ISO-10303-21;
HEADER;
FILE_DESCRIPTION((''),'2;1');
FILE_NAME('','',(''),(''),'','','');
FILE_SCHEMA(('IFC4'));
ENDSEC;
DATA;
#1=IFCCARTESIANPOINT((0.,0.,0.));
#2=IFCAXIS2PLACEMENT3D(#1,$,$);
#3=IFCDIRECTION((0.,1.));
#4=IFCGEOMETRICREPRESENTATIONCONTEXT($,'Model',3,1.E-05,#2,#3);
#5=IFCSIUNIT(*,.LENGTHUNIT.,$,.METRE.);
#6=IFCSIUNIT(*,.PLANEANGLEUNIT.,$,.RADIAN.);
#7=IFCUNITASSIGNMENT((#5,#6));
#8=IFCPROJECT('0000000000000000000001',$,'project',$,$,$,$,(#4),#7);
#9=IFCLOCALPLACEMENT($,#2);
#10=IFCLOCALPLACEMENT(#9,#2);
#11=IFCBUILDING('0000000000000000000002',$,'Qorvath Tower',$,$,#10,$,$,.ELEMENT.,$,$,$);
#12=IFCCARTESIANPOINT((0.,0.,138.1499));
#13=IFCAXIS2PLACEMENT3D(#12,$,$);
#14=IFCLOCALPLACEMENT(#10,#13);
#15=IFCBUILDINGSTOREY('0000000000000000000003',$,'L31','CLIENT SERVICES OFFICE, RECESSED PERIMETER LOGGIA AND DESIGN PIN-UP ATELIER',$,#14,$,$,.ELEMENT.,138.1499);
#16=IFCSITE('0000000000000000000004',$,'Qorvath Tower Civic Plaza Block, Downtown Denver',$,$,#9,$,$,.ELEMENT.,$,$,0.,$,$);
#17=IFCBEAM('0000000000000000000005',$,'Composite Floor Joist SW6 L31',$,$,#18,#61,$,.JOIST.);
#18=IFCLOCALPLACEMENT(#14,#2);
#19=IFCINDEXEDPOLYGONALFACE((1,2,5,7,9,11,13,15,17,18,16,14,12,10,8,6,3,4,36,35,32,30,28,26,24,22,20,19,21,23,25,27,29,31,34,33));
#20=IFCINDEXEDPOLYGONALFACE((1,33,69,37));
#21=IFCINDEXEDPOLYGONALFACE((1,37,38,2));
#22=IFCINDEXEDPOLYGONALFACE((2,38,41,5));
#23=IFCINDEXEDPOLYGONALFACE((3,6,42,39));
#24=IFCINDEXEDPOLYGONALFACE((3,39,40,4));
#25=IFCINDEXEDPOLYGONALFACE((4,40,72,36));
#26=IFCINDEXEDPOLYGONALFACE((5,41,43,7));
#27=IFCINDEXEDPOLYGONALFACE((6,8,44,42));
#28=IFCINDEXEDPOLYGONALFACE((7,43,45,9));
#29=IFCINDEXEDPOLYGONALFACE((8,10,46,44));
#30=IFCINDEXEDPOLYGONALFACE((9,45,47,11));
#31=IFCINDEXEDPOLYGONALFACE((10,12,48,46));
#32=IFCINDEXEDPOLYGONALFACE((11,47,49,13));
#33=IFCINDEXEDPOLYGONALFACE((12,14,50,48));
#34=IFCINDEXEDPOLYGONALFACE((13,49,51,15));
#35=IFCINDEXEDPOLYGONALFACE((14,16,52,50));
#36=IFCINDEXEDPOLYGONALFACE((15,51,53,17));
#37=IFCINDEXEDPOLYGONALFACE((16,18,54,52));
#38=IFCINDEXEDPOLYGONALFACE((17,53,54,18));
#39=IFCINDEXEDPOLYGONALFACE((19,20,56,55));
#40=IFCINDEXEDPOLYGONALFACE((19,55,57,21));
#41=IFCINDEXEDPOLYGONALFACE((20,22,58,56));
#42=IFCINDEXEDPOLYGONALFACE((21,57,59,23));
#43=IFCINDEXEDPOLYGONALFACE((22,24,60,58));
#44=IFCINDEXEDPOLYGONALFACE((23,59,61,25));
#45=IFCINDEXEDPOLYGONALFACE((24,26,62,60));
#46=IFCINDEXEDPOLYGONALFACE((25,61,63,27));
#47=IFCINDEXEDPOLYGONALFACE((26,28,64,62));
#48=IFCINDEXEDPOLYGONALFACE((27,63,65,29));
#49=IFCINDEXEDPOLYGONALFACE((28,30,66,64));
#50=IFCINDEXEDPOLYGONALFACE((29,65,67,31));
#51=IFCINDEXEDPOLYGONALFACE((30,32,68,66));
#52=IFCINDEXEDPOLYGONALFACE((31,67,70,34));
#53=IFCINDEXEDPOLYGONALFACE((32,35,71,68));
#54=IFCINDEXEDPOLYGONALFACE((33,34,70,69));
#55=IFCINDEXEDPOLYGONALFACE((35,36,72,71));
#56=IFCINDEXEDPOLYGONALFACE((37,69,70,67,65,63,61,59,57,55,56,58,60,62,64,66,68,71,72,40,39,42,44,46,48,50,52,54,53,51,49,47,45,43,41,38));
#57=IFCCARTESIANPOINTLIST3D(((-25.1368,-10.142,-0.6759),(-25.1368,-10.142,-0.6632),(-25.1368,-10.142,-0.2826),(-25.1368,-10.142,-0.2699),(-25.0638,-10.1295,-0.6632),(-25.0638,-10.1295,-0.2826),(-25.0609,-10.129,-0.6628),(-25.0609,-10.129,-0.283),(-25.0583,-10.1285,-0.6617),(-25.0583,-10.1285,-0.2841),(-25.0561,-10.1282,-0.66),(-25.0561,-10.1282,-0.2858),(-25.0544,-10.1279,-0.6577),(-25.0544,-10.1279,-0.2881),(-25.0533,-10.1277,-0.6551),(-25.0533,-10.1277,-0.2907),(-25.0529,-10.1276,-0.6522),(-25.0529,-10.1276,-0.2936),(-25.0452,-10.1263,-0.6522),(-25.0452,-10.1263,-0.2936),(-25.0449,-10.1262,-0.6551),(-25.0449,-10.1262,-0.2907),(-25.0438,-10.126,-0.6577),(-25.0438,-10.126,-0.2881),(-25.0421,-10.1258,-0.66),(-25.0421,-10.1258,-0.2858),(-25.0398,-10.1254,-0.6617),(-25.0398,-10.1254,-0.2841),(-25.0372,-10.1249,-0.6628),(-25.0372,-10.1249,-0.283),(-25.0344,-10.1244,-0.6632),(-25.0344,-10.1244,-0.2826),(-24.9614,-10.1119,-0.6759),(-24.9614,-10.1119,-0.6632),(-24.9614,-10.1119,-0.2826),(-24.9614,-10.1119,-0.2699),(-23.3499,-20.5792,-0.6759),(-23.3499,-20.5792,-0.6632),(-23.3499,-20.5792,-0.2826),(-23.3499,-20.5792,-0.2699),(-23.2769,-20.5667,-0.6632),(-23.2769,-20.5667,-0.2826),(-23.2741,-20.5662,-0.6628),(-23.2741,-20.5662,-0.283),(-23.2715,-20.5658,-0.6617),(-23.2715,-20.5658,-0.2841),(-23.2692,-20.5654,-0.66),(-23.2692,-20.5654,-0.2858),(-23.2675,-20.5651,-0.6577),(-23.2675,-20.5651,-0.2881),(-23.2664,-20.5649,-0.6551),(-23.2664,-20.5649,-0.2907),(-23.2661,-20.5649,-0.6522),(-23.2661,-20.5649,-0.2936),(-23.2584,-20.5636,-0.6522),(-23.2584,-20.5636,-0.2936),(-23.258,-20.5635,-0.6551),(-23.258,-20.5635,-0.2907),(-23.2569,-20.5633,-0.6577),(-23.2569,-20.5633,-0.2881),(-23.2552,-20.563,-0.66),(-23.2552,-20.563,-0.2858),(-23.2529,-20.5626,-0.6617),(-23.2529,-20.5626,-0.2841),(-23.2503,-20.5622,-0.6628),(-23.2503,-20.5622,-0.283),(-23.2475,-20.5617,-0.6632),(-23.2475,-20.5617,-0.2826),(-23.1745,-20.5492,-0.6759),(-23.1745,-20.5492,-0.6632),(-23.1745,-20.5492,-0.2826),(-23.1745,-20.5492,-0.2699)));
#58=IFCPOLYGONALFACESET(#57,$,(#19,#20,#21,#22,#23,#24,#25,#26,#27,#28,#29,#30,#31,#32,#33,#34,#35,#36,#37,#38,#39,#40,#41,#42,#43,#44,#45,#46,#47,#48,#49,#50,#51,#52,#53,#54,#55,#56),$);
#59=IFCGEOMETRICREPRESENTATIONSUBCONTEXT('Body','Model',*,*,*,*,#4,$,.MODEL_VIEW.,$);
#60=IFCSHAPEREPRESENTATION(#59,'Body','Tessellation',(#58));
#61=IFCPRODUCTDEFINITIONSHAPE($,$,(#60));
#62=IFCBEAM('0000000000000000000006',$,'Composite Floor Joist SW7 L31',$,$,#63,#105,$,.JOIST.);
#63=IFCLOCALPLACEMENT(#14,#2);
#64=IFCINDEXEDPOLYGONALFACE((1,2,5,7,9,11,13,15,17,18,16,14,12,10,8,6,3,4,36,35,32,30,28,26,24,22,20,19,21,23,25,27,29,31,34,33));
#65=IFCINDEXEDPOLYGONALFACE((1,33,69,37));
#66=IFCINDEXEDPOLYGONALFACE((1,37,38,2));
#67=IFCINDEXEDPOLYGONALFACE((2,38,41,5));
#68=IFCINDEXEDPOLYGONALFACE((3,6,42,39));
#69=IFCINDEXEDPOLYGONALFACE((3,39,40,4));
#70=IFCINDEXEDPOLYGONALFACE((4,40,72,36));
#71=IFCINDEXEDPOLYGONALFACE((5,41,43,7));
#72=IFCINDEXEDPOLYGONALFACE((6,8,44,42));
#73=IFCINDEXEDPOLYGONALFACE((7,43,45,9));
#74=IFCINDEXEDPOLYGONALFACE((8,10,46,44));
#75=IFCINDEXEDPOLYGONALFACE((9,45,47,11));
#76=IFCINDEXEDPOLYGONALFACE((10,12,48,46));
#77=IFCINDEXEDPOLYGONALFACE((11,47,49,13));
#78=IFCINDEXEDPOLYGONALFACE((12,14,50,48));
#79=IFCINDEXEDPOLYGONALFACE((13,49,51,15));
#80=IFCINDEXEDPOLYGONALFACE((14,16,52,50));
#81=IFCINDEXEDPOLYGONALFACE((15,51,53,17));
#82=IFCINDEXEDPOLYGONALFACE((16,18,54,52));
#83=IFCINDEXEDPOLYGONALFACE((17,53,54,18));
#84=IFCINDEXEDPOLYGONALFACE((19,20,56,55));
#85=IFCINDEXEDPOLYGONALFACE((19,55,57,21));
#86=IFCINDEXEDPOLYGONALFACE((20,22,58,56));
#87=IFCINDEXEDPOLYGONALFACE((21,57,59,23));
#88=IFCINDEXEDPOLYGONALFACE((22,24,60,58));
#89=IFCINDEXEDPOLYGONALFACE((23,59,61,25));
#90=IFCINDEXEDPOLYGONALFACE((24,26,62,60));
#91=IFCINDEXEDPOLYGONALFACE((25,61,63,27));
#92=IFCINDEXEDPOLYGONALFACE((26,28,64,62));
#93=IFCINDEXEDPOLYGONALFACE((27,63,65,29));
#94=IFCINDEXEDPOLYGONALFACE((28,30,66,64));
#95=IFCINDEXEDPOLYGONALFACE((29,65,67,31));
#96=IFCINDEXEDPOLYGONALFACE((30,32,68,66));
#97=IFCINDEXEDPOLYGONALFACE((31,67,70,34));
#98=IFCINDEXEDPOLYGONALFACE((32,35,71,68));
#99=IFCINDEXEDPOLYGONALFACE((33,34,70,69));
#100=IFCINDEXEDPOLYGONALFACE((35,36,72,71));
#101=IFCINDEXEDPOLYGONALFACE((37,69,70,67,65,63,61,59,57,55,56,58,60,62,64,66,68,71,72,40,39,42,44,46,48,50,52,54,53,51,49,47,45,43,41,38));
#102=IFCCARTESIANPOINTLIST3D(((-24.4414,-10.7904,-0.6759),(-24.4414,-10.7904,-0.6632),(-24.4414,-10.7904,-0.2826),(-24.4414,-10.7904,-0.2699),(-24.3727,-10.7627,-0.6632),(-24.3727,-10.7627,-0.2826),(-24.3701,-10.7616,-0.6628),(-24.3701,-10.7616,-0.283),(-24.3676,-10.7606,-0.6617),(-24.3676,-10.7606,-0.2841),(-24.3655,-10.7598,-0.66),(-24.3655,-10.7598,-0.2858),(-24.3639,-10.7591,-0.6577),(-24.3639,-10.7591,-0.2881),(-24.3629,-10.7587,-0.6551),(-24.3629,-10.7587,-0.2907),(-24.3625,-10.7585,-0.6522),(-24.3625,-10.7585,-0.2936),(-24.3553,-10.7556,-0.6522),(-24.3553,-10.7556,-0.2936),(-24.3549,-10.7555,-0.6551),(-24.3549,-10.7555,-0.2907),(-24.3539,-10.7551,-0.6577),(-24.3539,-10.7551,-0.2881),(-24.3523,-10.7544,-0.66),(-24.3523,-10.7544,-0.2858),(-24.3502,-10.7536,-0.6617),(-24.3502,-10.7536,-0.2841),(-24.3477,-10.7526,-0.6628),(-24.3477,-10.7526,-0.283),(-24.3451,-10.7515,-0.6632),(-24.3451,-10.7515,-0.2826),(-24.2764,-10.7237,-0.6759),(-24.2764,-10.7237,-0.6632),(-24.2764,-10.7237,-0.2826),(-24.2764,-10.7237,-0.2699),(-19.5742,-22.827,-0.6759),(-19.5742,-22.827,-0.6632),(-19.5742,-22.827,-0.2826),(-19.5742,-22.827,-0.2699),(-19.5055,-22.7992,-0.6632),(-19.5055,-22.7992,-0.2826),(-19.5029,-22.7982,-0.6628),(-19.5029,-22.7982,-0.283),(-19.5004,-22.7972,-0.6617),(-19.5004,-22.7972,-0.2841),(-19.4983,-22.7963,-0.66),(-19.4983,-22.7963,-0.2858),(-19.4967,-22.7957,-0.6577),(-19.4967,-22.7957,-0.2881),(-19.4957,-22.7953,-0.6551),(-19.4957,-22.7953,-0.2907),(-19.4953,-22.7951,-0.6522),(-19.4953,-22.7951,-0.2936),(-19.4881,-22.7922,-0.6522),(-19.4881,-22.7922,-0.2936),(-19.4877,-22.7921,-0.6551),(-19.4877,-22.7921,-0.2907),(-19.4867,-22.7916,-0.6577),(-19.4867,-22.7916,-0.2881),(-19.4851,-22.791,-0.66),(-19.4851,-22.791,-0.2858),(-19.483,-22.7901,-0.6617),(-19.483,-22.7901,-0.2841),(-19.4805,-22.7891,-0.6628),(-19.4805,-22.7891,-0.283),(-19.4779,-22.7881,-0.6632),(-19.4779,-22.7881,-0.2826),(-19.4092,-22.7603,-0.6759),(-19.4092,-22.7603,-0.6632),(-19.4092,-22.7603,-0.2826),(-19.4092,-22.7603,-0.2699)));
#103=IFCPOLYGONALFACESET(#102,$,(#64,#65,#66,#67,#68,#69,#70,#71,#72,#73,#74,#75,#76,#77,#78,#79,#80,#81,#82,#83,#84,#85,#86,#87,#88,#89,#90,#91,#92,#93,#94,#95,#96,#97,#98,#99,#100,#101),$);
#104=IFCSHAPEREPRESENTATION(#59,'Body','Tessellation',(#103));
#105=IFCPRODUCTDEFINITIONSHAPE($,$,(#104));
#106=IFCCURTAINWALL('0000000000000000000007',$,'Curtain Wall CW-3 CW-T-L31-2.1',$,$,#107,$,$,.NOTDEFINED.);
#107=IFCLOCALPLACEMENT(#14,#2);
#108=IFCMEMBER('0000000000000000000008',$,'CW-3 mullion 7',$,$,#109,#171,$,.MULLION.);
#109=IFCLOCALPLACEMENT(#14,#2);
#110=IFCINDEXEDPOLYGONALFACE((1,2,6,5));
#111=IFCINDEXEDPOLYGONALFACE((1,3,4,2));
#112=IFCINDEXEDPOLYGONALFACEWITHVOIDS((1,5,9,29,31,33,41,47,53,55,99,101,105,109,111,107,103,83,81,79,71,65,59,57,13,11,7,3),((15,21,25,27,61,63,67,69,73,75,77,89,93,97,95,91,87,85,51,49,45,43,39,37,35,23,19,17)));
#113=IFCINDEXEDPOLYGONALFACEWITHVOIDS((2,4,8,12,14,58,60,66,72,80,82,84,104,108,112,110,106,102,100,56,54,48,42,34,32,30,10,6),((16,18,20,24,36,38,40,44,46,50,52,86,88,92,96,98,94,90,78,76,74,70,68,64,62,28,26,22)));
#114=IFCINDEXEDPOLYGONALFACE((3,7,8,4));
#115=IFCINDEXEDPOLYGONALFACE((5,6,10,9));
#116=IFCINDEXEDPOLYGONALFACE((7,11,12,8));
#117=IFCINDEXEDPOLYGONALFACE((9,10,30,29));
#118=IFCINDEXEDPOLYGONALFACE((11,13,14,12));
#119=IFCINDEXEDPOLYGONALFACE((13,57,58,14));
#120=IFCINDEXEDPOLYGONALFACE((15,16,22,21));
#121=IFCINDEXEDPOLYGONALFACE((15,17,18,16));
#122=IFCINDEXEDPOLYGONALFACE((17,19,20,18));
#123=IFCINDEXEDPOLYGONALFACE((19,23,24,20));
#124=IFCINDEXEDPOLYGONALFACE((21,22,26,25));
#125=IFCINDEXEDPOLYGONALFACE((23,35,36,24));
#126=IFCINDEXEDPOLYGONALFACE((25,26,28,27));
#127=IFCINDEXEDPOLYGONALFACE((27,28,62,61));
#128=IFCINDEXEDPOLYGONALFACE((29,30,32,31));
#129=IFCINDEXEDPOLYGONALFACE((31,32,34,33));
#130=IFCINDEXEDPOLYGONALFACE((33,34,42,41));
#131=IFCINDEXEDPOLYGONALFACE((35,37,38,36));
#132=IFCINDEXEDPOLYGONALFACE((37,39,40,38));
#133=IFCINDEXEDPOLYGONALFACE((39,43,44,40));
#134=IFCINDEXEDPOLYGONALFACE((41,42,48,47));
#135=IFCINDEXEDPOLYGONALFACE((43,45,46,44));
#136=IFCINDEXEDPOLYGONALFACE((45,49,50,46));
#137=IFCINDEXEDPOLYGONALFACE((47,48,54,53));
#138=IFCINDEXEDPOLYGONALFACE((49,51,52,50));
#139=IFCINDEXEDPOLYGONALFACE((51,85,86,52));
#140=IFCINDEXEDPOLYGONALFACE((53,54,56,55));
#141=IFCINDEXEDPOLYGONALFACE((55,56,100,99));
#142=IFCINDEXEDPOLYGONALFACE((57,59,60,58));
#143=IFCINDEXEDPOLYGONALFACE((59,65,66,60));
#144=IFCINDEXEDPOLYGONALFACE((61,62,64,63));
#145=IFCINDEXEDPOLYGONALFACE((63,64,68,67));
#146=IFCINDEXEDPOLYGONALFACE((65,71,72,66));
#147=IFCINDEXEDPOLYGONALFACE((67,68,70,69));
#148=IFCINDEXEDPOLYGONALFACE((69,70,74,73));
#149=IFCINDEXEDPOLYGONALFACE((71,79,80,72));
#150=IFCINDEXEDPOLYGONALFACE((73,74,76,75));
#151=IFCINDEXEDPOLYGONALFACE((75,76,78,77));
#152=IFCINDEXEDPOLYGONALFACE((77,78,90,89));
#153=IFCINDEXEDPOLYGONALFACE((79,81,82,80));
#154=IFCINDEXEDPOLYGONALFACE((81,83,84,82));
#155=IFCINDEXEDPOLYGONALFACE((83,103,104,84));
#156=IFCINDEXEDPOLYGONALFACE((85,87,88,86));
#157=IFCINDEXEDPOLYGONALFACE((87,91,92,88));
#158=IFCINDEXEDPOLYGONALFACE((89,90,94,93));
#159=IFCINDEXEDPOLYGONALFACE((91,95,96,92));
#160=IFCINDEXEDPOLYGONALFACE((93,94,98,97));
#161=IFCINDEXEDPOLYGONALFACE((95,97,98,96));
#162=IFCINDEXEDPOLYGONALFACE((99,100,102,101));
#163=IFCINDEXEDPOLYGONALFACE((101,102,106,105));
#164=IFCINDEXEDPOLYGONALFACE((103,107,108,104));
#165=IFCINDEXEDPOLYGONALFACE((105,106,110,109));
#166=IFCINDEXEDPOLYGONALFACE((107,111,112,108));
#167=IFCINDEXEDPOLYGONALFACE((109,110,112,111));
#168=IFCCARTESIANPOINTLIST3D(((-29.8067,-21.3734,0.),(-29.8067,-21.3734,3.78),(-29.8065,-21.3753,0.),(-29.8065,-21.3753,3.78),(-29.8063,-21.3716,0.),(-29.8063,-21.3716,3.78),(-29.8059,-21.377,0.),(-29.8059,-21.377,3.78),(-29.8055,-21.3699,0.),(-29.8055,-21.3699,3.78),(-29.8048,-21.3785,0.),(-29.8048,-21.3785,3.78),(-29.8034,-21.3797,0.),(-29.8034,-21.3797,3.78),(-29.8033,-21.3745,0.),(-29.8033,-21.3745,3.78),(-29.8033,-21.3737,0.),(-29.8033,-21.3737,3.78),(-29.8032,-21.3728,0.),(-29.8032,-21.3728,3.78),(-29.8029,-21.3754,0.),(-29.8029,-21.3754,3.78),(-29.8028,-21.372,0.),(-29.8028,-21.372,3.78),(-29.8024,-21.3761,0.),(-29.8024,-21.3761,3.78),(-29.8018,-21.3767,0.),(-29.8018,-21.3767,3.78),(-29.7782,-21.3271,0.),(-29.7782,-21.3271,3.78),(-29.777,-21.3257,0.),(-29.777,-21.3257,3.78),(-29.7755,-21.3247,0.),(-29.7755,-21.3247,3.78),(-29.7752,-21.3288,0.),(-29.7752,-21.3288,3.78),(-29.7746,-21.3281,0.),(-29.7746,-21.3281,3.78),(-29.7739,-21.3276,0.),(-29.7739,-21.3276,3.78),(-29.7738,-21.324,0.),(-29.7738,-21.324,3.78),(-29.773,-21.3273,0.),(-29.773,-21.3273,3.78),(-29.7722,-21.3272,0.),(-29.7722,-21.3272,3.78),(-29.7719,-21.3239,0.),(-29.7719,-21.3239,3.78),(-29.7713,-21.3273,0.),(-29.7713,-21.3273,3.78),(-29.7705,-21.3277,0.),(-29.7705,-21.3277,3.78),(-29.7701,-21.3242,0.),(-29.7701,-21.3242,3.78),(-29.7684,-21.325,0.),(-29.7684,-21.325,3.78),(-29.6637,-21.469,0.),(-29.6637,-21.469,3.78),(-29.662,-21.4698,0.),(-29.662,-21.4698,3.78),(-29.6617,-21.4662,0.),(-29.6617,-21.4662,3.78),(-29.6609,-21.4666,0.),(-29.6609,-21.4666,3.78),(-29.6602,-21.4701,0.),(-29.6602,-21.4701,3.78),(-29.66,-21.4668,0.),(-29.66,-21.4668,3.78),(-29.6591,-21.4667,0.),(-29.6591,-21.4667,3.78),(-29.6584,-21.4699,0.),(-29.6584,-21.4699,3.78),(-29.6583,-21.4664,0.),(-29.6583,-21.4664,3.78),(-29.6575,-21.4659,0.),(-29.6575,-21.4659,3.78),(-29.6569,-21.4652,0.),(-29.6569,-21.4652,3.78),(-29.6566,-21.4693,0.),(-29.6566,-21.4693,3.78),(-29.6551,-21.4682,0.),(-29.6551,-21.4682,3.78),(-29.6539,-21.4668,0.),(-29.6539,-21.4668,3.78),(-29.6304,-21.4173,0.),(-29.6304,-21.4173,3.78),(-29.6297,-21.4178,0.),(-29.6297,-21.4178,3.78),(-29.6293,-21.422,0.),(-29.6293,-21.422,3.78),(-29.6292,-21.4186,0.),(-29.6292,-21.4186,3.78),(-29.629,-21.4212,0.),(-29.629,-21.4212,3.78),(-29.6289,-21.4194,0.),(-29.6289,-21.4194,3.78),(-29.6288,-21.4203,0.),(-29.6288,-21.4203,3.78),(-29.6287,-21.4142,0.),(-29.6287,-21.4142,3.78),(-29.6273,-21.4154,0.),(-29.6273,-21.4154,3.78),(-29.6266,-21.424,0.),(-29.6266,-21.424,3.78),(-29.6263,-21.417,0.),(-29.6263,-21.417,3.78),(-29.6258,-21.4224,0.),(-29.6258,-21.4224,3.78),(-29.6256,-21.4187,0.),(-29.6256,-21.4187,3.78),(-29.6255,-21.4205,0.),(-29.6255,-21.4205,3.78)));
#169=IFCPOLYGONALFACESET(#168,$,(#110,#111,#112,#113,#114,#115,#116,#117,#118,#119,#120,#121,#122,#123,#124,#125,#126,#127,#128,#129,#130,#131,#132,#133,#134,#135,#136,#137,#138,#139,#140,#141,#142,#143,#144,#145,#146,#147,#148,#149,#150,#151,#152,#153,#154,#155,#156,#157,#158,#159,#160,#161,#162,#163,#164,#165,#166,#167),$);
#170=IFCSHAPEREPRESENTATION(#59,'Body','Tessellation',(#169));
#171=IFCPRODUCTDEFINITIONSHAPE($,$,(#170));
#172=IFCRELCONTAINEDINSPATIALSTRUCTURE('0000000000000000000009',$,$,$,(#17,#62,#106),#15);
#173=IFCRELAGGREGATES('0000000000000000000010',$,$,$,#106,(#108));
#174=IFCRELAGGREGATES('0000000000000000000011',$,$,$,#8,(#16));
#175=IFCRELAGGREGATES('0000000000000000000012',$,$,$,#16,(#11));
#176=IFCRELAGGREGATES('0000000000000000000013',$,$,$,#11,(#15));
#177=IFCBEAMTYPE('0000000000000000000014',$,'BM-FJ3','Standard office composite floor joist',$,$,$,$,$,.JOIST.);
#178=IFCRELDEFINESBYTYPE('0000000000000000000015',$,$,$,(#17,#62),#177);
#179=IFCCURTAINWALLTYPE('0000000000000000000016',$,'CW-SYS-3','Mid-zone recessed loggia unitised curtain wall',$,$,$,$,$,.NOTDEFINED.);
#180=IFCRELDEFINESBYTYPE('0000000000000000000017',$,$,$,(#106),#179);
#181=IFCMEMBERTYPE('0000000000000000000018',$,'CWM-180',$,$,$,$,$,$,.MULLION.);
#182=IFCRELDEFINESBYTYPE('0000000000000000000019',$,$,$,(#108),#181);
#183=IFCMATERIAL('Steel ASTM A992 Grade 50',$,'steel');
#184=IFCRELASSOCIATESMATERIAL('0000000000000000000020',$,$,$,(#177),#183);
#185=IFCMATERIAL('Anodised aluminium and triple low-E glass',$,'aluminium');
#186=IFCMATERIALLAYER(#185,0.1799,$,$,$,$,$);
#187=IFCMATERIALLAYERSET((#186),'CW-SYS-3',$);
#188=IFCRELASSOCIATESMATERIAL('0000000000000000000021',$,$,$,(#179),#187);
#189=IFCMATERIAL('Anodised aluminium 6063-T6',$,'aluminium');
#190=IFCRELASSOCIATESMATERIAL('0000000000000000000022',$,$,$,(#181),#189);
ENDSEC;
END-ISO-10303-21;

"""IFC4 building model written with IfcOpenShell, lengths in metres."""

from ifc_helpers import new_model, si_unit, direction, frame, origin, origin_2d, place, context, subcontext, project, spatial, hollow_rectangle, i_section, extrude, material, layer, layer_set, material_profile, profile_set, type_object, element, aggregate, save


model = new_model("IFC4")

# Units and contexts
model_context = context("Model", 3, precision=1e-05, world=origin(), true_north=direction((0.0, 1.0)))
body_context = subcontext(model_context, "Body", "Model", "MODEL_VIEW")
ifc_project = project(units=[si_unit("LENGTHUNIT", "METRE"), si_unit("PLANEANGLEUNIT", "RADIAN")], contexts=[model_context])

# Site, building, storey
site_placement = place(None, origin())
site = spatial("IfcSite", under=ifc_project, at=site_placement, Name="Qorvath Tower Civic Plaza Block, Downtown Denver", CompositionType="ELEMENT", RefElevation=0.0)
building_placement = place(site_placement, origin())
building = spatial("IfcBuilding", under=site, at=building_placement, Name="Qorvath Tower", CompositionType="ELEMENT")
storey_placement = place(building_placement, frame((0.0, 0.0, 138.1499)))
storey = spatial("IfcBuildingStorey", under=building, at=storey_placement, Name="L31", Description="CLIENT SERVICES OFFICE, RECESSED PERIMETER LOGGIA AND DESIGN PIN-UP ATELIER", CompositionType="ELEMENT", Elevation=138.1499)

# Beams
ifc_material_1 = material(Name="Steel ASTM A992 Grade 50", Category="steel")
ifc_material_profile_1 = material_profile(ifc_material_1, i_section(OverallWidth=0.178, OverallDepth=0.406, WebThickness=0.0078, FlangeThickness=0.0127, FilletRadius=0.011, at=origin_2d()), Name="W16x40")
ifc_profile_set_1 = profile_set([ifc_material_profile_1], Name="Steel ASTM A992 Grade 50")
beam_type_1 = type_object("IfcBeamType", Name="BM-FJ3", Description="Standard office composite floor joist", PredefinedType="JOIST", material=ifc_profile_set_1)
beam_1_placement = place(storey_placement, frame((-25.0491, -10.127, -0.4729), z_axis=(0.168746, -0.98566, 0.0), x_axis=(0.98566, 0.168746, 0.0)))
element("IfcBeam", 1, at=beam_1_placement, inside=storey, type_object=beam_type_1, Name="Composite Floor Joist SW6 L31", PredefinedType="JOIST", context=body_context, shape_type="SweptSolid", body=[
    extrude(i_section(OverallWidth=0.178, OverallDepth=0.406, WebThickness=0.0078, FlangeThickness=0.0127, FilletRadius=0.011, at=origin_2d()), origin(), (0.0, 0.0, 1.0), 10.5891),
])
beam_2_placement = place(storey_placement, frame((-24.3589, -10.7571, -0.4729), z_axis=(0.374877, -0.927075, 0.0), x_axis=(0.927075, 0.374877, 0.0)))
element("IfcBeam", 2, at=beam_2_placement, inside=storey, type_object=beam_type_1, Name="Composite Floor Joist SW7 L31", PredefinedType="JOIST", context=body_context, shape_type="SweptSolid", body=[
    extrude(i_section(OverallWidth=0.178, OverallDepth=0.406, WebThickness=0.0078, FlangeThickness=0.0127, FilletRadius=0.011, at=origin_2d()), origin(), (0.0, 0.0, 1.0), 12.9834),
])

# Curtain wall, member
ifc_material_2 = material(Name="Anodised aluminium and triple low-E glass", Category="aluminium")
ifc_layer_1 = layer(ifc_material_2, 0.1799)
ifc_layer_set_1 = layer_set([ifc_layer_1], Name="CW-SYS-3")
curtain_wall_type = type_object("IfcCurtainWallType", Name="CW-SYS-3", Description="Mid-zone recessed loggia unitised curtain wall", PredefinedType="NOTDEFINED", material=ifc_layer_set_1)
curtain_wall_placement = place(storey_placement, origin())
curtain_wall = element("IfcCurtainWall", 3, at=curtain_wall_placement, inside=storey, type_object=curtain_wall_type, Name="Curtain Wall CW-3 CW-T-L31-2.1", PredefinedType="NOTDEFINED")
ifc_material_3 = material(Name="Anodised aluminium 6063-T6", Category="aluminium")
ifc_material_profile_2 = material_profile(ifc_material_3, hollow_rectangle(XDim=0.0649, YDim=0.1799, WallThickness=0.0034, InnerFilletRadius=0.0034, OuterFilletRadius=0.0071, at=origin_2d()), Name="CWM 180x65")
ifc_profile_set_2 = profile_set([ifc_material_profile_2], Name="Anodised aluminium 6063-T6")
member_type_1 = type_object("IfcMemberType", Name="CWM-180", PredefinedType="MULLION", material=ifc_profile_set_2)
member_1_placement = place(storey_placement, frame((-29.7161, -21.397, 0.0), z_axis=(0.0, 0.0, 1.0), x_axis=(0.538534, 0.842604, 0.0)))
member_1 = element("IfcMember", 4, at=member_1_placement, type_object=member_type_1, Name="CW-3 mullion 7", PredefinedType="MULLION", context=body_context, shape_type="SweptSolid", body=[
    extrude(hollow_rectangle(XDim=0.0649, YDim=0.1799, WallThickness=0.0034, InnerFilletRadius=0.0034, OuterFilletRadius=0.0071, at=origin_2d()), origin(), (0.0, 0.0, 1.0), 3.78),
])
aggregate(curtain_wall, [member_1])

save(model, "model.ifc")
